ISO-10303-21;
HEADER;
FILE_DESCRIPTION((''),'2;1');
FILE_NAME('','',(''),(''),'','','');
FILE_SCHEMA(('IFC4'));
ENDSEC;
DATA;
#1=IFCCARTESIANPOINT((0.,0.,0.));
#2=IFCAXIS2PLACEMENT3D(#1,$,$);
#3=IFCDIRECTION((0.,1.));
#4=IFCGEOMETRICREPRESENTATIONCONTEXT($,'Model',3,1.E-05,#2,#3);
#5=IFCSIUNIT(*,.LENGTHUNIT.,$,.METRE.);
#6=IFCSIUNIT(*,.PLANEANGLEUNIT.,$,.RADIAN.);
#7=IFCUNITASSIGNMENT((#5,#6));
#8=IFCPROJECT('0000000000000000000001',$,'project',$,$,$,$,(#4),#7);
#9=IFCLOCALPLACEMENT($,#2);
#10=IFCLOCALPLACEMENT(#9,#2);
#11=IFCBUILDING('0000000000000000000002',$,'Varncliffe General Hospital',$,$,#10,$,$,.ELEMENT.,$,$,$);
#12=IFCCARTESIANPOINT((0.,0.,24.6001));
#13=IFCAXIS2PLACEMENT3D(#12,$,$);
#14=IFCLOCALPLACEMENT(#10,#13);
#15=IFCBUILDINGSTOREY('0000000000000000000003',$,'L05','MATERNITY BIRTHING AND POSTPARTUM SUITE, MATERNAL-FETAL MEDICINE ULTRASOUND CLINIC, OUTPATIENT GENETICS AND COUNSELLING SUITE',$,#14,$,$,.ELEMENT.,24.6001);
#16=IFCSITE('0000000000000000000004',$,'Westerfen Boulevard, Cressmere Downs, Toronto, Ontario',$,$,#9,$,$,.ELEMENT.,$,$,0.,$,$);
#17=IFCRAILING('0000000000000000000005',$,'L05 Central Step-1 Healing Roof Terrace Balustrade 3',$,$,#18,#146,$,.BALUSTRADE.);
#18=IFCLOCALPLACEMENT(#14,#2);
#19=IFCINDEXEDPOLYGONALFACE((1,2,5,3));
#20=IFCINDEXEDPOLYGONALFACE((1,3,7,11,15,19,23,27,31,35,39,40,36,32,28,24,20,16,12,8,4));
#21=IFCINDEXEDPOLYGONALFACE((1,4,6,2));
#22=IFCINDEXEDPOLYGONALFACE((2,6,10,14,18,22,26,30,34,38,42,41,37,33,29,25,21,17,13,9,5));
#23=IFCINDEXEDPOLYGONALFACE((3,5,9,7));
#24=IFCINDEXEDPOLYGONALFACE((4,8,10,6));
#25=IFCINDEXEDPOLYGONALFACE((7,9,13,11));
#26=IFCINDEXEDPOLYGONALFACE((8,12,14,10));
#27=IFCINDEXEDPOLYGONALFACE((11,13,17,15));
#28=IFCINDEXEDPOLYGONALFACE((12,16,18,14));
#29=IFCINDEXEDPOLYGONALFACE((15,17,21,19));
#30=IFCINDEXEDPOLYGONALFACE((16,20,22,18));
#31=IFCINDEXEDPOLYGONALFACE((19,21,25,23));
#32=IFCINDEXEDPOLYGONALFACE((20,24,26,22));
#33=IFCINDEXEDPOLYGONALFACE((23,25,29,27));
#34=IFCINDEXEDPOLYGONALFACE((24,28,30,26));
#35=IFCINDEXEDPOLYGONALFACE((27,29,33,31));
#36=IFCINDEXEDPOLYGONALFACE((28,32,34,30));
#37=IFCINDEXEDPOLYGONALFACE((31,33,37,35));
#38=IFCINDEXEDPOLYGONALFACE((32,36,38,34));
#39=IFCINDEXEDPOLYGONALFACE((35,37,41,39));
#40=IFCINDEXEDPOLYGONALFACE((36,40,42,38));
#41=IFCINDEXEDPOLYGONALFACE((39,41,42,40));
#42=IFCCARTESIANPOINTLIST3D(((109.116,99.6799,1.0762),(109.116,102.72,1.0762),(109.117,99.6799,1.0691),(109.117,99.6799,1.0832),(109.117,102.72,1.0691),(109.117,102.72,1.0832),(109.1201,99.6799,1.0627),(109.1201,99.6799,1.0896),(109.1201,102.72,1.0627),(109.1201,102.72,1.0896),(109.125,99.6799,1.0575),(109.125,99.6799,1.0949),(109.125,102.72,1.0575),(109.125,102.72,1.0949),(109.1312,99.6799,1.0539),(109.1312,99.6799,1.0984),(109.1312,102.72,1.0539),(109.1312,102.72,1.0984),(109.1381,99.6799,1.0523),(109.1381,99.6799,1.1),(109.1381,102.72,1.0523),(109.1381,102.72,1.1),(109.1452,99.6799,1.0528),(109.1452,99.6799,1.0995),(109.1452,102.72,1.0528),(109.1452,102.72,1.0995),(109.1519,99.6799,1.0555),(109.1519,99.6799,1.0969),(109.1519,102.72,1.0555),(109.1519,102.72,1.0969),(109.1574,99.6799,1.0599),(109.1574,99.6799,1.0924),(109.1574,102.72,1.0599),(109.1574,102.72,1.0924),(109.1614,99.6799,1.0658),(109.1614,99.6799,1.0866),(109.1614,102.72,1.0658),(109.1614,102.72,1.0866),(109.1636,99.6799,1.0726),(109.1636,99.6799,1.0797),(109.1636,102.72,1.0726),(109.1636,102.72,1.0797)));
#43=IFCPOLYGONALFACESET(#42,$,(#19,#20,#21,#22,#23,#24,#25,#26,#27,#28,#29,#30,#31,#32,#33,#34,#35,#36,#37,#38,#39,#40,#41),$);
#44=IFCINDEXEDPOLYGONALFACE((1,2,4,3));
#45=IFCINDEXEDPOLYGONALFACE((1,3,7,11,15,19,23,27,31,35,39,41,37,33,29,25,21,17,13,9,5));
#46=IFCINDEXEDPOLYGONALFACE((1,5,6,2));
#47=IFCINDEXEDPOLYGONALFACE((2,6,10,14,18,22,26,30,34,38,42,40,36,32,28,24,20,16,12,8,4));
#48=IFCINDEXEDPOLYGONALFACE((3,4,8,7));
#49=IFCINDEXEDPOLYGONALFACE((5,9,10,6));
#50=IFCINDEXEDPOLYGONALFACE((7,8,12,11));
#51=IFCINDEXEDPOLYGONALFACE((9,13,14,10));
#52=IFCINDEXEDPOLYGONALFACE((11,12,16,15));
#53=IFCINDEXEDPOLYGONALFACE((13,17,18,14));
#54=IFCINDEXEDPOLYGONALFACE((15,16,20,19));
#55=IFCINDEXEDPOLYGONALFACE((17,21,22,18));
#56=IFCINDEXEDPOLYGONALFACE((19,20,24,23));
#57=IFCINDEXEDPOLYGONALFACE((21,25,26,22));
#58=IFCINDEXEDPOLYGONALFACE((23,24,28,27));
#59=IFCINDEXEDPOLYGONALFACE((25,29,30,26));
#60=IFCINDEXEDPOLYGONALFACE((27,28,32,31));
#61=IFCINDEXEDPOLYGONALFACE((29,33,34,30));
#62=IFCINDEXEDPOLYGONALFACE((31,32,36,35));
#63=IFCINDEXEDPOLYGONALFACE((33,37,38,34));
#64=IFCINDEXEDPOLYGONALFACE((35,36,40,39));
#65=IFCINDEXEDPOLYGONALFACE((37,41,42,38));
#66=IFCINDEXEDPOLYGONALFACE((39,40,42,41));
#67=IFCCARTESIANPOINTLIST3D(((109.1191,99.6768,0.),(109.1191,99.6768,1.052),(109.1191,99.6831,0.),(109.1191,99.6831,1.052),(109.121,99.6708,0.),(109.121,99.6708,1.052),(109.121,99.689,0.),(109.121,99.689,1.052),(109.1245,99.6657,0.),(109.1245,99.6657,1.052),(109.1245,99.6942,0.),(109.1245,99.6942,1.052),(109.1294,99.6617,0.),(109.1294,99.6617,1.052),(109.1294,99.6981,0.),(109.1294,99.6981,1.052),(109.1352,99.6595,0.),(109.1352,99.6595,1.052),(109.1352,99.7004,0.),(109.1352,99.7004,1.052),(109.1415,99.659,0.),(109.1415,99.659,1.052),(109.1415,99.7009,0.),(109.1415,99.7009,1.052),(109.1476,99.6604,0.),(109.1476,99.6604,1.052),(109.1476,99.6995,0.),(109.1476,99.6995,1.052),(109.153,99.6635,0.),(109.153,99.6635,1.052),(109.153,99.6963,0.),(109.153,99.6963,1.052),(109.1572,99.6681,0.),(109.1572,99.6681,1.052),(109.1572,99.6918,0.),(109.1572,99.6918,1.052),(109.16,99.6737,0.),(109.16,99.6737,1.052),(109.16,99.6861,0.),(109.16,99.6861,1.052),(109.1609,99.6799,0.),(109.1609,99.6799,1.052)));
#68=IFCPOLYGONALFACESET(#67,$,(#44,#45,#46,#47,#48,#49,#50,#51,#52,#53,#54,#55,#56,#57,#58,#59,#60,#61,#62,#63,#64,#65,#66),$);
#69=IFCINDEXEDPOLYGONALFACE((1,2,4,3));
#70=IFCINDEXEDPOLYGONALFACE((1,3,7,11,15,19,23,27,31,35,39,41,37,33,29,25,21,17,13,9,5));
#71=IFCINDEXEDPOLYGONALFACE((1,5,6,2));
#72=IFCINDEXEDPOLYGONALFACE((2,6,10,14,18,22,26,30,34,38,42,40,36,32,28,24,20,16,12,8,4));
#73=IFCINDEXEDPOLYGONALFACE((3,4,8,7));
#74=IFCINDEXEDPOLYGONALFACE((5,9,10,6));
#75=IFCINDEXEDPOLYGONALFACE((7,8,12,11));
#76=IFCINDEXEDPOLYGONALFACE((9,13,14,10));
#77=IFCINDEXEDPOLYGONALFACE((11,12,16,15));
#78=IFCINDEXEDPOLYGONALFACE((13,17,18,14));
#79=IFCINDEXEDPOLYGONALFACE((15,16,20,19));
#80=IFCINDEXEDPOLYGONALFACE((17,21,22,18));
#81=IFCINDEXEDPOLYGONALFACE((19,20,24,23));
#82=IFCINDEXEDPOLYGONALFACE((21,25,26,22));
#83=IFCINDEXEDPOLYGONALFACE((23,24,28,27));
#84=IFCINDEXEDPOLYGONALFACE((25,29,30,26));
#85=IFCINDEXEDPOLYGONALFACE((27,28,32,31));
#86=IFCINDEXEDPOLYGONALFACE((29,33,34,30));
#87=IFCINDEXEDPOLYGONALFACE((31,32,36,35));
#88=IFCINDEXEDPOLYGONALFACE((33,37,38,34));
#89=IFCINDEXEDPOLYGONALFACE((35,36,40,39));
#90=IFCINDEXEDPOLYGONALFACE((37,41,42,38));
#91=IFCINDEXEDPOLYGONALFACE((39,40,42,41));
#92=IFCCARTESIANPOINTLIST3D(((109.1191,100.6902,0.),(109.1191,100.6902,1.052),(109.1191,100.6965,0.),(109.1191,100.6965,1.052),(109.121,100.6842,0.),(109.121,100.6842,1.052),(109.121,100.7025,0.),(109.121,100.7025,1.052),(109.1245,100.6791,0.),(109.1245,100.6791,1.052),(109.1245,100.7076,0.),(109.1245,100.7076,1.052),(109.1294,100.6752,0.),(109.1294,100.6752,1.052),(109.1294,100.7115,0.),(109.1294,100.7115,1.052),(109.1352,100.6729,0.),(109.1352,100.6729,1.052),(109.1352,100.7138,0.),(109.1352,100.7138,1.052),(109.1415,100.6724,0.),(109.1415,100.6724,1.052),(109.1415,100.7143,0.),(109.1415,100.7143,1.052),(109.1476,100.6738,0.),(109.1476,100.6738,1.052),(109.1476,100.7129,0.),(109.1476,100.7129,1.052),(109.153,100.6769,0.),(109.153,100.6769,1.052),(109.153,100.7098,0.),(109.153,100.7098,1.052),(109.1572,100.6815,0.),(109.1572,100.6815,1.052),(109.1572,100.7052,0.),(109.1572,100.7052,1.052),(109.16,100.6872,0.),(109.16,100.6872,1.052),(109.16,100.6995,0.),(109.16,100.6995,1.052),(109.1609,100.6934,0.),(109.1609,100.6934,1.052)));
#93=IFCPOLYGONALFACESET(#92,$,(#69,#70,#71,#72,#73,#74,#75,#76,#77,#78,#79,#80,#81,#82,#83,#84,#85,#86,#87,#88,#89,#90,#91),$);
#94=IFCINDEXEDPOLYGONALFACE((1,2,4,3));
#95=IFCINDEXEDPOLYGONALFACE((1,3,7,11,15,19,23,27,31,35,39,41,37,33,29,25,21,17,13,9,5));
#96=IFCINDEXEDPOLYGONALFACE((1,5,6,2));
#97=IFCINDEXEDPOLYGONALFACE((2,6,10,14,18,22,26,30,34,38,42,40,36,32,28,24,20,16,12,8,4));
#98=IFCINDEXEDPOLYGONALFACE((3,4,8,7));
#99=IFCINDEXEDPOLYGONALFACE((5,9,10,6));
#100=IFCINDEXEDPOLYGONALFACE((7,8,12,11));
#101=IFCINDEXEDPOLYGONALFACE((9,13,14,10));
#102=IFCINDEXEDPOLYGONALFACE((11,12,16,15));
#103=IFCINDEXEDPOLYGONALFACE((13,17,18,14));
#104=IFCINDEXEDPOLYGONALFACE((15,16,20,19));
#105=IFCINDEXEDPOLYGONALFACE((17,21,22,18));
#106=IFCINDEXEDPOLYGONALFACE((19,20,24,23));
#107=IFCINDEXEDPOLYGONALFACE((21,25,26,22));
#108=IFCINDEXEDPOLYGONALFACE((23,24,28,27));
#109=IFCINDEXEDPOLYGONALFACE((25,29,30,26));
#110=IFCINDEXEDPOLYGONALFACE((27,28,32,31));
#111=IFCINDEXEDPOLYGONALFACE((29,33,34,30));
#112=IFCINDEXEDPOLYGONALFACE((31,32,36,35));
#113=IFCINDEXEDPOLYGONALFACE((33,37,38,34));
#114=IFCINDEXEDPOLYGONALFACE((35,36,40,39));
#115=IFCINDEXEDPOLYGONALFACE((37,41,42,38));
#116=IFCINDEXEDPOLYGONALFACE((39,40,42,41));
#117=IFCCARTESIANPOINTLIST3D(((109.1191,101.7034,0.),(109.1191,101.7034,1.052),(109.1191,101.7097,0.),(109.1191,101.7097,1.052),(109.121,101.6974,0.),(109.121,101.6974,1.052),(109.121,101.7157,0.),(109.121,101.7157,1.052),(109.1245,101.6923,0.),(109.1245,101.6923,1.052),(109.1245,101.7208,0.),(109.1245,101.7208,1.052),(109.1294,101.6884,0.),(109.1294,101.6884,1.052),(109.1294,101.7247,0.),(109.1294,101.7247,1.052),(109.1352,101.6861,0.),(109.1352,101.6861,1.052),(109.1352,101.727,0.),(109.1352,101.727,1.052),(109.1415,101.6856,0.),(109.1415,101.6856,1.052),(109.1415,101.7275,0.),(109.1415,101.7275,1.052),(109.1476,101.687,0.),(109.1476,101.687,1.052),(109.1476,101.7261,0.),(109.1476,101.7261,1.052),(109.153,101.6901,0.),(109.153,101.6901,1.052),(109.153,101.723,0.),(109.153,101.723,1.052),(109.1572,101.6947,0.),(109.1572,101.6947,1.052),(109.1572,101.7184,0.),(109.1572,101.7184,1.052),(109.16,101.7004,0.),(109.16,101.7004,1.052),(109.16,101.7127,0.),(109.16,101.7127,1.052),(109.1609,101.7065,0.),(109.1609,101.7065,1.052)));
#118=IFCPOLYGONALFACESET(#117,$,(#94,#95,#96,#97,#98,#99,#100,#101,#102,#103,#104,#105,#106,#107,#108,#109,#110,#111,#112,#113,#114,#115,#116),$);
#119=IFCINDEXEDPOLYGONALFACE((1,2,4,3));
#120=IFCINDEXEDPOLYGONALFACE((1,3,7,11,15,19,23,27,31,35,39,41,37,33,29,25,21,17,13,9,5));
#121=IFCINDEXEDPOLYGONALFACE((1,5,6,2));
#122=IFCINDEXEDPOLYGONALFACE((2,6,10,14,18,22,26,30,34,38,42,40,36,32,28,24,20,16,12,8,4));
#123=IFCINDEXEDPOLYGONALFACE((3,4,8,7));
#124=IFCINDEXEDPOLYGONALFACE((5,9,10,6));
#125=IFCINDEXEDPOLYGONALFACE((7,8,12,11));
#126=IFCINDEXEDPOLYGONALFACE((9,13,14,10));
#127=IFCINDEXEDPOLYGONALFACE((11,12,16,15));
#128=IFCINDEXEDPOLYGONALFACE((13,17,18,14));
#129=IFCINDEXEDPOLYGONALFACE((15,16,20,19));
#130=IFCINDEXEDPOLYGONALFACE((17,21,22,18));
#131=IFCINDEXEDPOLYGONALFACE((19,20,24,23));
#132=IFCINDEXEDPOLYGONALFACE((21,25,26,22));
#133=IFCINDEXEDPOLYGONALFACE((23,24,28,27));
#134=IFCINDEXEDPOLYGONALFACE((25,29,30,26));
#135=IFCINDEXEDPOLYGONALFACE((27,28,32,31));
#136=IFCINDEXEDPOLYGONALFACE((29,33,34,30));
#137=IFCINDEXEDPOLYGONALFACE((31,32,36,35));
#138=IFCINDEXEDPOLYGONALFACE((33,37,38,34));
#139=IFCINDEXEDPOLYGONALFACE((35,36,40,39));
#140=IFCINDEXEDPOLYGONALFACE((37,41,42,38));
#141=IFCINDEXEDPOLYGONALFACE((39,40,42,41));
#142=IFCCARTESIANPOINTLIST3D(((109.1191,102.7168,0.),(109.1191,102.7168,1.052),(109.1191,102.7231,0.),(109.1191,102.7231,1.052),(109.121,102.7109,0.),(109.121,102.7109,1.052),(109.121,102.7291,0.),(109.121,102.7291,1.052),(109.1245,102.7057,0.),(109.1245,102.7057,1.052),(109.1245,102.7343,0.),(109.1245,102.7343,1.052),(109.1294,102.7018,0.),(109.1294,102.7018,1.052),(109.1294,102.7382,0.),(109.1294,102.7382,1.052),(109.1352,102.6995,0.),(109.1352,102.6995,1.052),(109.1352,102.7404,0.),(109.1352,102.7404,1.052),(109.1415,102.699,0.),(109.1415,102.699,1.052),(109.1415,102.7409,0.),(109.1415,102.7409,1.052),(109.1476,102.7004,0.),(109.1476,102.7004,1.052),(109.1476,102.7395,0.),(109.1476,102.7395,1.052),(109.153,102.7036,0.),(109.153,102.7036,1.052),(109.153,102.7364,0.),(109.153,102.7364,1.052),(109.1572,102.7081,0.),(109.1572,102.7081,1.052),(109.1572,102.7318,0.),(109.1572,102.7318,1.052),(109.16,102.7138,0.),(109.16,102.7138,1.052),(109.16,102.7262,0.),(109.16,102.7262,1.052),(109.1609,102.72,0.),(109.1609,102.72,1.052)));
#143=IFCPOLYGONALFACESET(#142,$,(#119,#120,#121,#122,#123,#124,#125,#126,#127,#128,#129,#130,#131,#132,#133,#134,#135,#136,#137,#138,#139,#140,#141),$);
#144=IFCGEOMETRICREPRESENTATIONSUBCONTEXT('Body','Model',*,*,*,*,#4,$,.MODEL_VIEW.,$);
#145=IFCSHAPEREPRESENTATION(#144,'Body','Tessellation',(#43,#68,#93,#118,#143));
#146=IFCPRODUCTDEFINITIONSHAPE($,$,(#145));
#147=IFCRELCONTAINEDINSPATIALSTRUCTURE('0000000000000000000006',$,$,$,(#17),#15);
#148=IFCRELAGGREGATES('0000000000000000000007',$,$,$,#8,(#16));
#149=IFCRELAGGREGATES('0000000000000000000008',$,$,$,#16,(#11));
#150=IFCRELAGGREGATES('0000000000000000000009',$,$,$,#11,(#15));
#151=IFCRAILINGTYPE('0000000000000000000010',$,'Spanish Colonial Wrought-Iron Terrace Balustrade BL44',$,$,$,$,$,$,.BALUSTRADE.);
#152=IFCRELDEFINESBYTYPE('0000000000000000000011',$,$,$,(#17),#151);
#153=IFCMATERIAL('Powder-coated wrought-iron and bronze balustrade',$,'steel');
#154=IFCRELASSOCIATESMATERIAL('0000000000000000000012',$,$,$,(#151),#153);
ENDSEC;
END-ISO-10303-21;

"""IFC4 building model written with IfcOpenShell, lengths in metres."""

from ifc_helpers import new_model, si_unit, direction, frame, origin, origin_2d, place, context, subcontext, project, spatial, circle, extrude, material, type_object, element, save


model = new_model("IFC4")

# Units and contexts
model_context = context("Model", 3, precision=1e-05, world=origin(), true_north=direction((0.0, 1.0)))
body_context = subcontext(model_context, "Body", "Model", "MODEL_VIEW")
ifc_project = project(units=[si_unit("LENGTHUNIT", "METRE"), si_unit("PLANEANGLEUNIT", "RADIAN")], contexts=[model_context])

# Site, building, storey
site_placement = place(None, origin())
site = spatial("IfcSite", under=ifc_project, at=site_placement, Name="Westerfen Boulevard, Cressmere Downs, Toronto, Ontario", CompositionType="ELEMENT", RefElevation=0.0)
building_placement = place(site_placement, origin())
building = spatial("IfcBuilding", under=site, at=building_placement, Name="Varncliffe General Hospital", CompositionType="ELEMENT")
storey_placement = place(building_placement, frame((0.0, 0.0, 24.6001)))
storey = spatial("IfcBuildingStorey", under=building, at=storey_placement, Name="L05", Description="MATERNITY BIRTHING AND POSTPARTUM SUITE, MATERNAL-FETAL MEDICINE ULTRASOUND CLINIC, OUTPATIENT GENETICS AND COUNSELLING SUITE", CompositionType="ELEMENT", Elevation=24.6001)

# Railing
ifc_material_1 = material(Name="Powder-coated wrought-iron and bronze balustrade", Category="steel")
railing_type = type_object("IfcRailingType", Name="Spanish Colonial Wrought-Iron Terrace Balustrade BL44", PredefinedType="BALUSTRADE", material=ifc_material_1)
railing_placement = place(storey_placement, frame((109.1399, 99.6799, 0.0)))
element("IfcRailing", 1, at=railing_placement, inside=storey, type_object=railing_type, Name="L05 Central Step-1 Healing Roof Terrace Balustrade 3", PredefinedType="BALUSTRADE", context=body_context, shape_type="SweptSolid", body=[
    extrude(circle(Radius=0.0239, at=origin_2d()), frame((0.0, 0.0, 1.0762), z_axis=(0.0, 1.0, 0.0), x_axis=(-1.0, 0.0, 0.0)), (0.0, 0.0, 1.0), 3.04),
    extrude(circle(Radius=0.021, at=origin_2d()), origin(), (0.0, 0.0, 1.0), 1.052),
    extrude(circle(Radius=0.021, at=origin_2d()), frame((0.0, 1.0134, 0.0)), (0.0, 0.0, 1.0), 1.052),
    extrude(circle(Radius=0.021, at=origin_2d()), frame((0.0, 2.0266, 0.0)), (0.0, 0.0, 1.0), 1.052),
    extrude(circle(Radius=0.021, at=origin_2d()), frame((0.0, 3.04, 0.0)), (0.0, 0.0, 1.0), 1.052),
])

save(model, "model.ifc")
